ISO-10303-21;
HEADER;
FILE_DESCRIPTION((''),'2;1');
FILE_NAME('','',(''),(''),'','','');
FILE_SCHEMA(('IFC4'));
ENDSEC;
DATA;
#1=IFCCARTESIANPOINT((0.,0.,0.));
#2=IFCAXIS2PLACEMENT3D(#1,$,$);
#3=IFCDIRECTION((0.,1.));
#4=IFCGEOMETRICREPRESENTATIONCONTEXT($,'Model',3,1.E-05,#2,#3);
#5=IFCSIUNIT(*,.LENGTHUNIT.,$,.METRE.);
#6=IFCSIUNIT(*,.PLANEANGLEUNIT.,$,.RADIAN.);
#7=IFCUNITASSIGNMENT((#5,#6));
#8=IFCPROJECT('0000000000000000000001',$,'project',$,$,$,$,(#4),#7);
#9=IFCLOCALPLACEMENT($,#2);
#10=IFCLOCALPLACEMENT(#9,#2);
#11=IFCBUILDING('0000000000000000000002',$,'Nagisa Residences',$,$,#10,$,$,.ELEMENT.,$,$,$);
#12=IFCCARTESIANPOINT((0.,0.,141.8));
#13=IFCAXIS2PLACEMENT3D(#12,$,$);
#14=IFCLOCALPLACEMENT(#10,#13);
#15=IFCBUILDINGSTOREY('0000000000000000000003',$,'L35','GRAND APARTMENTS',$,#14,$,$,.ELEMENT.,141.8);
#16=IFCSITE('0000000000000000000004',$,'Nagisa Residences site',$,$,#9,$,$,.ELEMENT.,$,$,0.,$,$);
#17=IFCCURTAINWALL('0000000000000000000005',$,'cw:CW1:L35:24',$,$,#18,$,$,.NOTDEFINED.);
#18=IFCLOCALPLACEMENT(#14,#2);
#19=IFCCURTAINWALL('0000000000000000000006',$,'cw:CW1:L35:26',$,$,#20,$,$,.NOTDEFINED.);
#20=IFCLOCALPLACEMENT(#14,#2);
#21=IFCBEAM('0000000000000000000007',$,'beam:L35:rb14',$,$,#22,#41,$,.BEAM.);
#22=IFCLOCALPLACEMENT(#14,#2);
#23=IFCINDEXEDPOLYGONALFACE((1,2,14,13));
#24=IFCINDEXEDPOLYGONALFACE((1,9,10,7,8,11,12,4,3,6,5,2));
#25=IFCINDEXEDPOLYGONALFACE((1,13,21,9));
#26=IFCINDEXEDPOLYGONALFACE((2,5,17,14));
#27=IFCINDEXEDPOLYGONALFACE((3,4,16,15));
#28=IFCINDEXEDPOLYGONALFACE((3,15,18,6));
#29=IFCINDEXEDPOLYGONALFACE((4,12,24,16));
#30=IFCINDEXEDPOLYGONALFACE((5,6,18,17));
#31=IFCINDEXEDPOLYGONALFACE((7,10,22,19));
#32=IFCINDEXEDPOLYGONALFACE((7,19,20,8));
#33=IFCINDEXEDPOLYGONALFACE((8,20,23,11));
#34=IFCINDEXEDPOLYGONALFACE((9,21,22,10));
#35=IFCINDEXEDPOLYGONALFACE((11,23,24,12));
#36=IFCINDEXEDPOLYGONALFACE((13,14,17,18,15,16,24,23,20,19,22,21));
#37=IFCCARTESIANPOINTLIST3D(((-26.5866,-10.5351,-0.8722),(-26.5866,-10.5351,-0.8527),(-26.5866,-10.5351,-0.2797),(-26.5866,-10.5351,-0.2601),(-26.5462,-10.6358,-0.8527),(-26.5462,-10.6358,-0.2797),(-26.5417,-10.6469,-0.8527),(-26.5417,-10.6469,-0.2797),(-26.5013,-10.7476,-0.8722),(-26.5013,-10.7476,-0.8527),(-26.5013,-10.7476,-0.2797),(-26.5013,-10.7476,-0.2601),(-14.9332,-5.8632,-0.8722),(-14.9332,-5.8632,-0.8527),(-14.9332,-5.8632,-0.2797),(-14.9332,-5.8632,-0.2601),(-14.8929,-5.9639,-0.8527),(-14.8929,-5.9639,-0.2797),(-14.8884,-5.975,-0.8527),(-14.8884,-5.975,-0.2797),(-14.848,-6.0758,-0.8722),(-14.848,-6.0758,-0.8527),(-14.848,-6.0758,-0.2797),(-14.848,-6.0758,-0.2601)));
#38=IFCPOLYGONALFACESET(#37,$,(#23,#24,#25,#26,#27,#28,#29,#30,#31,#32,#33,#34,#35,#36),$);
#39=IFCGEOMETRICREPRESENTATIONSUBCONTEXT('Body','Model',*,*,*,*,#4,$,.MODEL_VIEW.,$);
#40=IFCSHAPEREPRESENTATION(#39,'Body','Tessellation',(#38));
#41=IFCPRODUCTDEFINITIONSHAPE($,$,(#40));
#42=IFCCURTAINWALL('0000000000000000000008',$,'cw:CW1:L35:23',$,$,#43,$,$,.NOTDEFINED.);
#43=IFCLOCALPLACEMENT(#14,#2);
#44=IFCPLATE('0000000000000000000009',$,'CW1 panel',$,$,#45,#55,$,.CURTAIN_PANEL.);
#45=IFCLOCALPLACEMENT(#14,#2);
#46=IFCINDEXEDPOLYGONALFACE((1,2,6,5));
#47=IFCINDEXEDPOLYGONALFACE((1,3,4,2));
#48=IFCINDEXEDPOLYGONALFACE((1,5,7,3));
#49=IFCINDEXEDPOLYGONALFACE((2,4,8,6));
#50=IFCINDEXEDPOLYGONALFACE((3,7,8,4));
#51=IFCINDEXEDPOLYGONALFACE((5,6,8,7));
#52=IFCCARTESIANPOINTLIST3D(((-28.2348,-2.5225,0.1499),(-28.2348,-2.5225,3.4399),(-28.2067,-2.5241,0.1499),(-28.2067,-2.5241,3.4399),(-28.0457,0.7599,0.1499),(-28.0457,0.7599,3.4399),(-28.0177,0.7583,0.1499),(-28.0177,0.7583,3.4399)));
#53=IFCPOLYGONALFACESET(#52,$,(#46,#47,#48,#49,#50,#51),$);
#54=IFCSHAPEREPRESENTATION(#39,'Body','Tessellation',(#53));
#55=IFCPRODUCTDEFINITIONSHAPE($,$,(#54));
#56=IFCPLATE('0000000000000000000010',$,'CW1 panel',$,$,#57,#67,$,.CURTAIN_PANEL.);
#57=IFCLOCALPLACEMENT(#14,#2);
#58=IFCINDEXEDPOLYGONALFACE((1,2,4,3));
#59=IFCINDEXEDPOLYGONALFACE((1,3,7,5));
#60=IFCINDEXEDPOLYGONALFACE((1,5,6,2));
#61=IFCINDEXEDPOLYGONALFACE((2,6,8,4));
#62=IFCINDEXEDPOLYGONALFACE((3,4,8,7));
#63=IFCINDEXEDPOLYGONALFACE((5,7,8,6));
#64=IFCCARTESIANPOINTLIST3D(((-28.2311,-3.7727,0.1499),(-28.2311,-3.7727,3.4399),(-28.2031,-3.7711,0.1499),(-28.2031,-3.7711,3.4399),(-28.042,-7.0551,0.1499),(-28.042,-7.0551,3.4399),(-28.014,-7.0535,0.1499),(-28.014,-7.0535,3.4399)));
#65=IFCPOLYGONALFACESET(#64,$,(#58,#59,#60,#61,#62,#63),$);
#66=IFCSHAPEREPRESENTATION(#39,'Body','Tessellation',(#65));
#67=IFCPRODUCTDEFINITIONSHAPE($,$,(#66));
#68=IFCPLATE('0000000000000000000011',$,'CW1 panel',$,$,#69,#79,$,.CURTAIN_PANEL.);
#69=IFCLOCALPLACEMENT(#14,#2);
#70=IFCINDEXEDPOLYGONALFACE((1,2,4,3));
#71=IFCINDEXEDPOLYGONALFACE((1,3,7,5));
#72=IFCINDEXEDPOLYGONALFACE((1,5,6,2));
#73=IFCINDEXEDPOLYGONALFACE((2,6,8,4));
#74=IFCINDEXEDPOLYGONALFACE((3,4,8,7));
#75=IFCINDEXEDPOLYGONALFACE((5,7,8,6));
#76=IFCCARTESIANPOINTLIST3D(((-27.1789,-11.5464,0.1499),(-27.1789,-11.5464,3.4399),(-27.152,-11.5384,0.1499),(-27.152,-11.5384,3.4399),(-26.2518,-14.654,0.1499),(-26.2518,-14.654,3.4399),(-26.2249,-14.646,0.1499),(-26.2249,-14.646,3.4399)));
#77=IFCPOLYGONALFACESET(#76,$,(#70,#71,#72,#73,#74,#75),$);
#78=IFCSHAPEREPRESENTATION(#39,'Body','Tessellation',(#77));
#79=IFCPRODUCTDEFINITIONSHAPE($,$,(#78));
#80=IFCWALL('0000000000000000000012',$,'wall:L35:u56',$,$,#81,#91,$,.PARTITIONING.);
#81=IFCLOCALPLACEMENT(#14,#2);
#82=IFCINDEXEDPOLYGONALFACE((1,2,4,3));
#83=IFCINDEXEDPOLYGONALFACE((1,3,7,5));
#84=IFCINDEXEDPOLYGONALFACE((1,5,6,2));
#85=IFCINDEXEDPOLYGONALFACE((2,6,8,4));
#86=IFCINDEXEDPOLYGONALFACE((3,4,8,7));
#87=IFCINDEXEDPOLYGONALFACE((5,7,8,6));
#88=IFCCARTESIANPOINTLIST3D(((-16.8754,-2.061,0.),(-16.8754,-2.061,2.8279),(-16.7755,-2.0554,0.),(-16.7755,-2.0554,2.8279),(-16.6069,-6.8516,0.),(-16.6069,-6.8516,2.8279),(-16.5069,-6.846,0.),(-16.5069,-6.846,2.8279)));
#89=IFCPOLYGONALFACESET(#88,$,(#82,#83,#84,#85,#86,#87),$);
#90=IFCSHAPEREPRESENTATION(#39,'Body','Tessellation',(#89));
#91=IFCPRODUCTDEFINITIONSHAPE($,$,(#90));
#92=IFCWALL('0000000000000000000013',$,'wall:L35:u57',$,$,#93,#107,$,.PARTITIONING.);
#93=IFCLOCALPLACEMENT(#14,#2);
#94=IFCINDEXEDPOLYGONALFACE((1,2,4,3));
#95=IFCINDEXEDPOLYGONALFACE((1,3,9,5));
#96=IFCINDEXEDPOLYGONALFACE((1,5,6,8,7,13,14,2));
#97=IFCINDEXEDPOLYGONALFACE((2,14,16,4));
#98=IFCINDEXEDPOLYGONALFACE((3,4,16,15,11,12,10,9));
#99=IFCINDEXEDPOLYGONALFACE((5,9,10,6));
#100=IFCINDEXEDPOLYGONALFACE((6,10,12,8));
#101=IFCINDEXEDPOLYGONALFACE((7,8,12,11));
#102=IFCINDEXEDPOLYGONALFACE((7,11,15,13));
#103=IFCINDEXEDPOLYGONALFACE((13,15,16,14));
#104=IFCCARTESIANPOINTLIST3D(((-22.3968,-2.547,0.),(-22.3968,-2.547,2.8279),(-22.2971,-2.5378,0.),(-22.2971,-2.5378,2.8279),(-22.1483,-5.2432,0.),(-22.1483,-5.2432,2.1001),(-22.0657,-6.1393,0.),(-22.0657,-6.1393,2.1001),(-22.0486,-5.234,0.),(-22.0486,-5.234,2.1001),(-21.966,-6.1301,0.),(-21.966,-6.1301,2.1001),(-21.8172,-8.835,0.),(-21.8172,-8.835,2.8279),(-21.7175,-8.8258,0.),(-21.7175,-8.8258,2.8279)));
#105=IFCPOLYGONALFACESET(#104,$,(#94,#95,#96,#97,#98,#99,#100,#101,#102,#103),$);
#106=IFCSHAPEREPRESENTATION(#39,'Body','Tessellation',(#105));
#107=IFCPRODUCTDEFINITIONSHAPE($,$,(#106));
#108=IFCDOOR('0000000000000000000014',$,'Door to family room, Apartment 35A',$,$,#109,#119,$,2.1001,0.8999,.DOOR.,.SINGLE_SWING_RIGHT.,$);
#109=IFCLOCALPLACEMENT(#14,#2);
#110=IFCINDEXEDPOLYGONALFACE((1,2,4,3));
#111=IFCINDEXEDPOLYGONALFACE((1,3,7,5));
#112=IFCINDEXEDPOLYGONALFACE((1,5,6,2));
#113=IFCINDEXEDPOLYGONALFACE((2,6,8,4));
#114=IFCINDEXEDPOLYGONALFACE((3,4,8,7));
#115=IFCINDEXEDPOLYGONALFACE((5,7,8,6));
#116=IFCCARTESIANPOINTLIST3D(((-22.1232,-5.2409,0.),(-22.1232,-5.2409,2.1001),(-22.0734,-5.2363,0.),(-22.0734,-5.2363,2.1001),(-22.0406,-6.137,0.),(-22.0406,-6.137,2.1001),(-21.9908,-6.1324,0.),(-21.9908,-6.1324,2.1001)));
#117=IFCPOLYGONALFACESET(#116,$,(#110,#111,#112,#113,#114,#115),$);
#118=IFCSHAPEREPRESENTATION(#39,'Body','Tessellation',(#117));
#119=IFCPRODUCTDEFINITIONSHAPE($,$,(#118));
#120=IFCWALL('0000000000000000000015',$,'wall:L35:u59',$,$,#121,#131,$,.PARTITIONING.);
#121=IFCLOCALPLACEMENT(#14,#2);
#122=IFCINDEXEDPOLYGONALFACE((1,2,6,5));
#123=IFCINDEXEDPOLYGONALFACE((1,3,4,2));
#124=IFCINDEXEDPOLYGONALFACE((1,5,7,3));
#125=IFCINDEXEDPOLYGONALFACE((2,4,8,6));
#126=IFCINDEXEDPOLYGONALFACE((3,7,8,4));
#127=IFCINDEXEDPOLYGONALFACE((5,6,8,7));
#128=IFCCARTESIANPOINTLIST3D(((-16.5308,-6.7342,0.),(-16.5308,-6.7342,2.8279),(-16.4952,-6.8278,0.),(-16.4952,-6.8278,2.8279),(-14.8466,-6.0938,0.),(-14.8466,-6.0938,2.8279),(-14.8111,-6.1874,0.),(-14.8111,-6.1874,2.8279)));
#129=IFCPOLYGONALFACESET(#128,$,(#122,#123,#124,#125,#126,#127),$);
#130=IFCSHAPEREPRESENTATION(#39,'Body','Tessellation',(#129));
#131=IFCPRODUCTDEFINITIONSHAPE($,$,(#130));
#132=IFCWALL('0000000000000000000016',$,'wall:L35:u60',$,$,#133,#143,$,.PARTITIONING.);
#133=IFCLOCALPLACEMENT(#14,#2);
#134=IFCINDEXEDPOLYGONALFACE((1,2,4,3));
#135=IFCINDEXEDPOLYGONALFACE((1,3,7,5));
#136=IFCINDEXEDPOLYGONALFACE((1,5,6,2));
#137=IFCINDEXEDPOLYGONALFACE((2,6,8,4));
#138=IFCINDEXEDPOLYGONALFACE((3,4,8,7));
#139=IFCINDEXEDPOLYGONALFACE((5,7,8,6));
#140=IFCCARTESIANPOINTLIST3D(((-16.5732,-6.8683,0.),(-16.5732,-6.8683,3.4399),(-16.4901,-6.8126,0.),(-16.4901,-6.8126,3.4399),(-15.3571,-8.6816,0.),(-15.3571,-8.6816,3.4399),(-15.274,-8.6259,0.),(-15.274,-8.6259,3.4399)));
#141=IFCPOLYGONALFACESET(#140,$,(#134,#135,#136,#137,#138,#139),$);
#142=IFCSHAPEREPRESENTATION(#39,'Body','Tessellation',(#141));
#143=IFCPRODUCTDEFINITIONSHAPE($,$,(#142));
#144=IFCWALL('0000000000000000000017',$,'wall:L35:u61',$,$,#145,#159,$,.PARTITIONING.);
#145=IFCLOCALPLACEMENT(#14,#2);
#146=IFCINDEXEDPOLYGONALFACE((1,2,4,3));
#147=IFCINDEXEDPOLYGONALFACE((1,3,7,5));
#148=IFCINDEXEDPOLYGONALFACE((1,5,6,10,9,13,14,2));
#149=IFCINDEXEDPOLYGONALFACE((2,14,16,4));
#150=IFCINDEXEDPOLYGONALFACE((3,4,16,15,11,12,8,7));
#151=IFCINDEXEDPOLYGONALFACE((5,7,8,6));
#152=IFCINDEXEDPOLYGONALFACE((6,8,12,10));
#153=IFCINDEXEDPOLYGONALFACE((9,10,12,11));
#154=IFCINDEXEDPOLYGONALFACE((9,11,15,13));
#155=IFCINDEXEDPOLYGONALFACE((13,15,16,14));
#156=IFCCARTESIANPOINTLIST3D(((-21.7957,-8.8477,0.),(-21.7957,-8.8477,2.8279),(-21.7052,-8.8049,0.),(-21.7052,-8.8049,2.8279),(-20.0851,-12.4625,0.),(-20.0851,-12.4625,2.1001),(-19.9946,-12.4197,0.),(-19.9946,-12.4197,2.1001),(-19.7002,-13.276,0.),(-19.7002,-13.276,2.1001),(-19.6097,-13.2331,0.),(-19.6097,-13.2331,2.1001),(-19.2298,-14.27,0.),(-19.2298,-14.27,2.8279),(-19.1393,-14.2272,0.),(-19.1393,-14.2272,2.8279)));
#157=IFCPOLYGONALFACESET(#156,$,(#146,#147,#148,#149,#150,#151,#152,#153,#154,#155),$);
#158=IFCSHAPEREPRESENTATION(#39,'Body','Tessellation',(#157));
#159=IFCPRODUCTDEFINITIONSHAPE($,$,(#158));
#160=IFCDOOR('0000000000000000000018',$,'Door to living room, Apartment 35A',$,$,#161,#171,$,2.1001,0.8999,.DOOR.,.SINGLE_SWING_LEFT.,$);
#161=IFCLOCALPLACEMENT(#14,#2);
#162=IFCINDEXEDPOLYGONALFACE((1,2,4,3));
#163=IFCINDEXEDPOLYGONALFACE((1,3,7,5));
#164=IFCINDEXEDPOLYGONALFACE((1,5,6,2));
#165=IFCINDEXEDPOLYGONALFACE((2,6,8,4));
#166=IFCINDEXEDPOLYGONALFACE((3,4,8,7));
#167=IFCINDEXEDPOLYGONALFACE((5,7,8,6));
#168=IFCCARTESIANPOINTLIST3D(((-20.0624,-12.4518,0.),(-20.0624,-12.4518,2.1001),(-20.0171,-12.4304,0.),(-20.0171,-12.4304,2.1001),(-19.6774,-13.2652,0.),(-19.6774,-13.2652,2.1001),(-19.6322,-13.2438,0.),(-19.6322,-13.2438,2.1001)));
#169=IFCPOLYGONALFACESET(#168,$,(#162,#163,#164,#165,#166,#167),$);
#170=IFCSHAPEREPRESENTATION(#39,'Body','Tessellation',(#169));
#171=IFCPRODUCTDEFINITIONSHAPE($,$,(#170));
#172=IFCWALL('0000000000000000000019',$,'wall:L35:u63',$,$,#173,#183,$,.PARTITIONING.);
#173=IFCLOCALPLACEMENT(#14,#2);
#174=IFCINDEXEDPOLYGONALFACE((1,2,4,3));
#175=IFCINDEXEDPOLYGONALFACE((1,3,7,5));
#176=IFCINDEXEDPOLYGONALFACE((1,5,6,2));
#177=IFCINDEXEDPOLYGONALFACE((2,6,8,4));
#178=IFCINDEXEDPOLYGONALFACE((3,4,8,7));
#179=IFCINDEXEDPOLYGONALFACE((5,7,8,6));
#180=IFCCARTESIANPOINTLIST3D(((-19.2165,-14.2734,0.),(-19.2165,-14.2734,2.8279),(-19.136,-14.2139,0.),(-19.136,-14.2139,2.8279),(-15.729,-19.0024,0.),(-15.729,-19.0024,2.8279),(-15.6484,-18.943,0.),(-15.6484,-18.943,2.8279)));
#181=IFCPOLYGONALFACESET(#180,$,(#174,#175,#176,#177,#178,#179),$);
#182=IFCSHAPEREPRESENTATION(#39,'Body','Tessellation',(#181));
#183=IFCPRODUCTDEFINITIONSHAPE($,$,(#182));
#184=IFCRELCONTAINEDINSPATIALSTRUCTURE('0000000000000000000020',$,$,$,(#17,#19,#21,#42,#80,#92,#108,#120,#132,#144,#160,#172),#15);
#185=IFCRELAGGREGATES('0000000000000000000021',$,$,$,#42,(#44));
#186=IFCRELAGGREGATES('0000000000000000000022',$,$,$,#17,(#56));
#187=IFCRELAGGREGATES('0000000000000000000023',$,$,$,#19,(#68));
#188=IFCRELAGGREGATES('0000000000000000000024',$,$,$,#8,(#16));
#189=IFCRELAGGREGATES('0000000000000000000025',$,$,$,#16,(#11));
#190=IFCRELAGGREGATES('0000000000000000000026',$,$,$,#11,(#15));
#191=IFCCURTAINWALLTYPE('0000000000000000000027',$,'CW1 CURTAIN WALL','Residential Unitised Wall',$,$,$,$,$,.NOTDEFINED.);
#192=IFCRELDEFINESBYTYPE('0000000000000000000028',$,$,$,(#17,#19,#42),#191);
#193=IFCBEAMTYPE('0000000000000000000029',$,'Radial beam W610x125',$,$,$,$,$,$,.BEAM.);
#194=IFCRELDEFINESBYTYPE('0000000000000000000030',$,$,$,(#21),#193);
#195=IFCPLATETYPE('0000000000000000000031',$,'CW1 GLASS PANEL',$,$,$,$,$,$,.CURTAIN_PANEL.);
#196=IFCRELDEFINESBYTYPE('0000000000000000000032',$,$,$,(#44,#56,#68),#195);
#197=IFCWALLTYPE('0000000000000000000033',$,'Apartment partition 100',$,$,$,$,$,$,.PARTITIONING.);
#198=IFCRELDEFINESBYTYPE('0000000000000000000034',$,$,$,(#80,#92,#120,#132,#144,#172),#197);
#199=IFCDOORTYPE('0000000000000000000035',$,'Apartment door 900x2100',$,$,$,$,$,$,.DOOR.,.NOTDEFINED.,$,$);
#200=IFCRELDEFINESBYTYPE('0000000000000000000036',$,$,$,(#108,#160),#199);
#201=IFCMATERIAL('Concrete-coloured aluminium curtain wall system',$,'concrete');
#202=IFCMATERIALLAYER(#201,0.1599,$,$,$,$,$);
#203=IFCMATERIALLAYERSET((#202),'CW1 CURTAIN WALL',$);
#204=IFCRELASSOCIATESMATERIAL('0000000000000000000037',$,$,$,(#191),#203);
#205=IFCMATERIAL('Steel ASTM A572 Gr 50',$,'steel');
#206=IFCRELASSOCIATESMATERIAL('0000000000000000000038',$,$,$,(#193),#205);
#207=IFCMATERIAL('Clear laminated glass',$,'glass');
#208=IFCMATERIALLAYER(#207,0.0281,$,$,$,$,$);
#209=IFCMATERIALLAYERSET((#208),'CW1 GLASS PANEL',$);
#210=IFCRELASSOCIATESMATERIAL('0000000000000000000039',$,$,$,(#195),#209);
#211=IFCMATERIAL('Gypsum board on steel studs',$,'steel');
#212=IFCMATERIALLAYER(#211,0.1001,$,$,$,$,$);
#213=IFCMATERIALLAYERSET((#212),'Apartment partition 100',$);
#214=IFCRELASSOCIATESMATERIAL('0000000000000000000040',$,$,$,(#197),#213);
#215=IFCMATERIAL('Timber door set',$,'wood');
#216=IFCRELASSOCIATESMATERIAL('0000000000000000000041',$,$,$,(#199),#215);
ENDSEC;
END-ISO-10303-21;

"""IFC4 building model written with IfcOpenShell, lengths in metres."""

from ifc_helpers import new_model, si_unit, direction, frame, frame_2d, origin, origin_2d, place, context, subcontext, project, spatial, rectangle, i_section, extrude, material, layer, layer_set, material_profile, profile_set, type_object, element, fill, aggregate, save


model = new_model("IFC4")

# Units and contexts
model_context = context("Model", 3, precision=1e-05, world=origin(), true_north=direction((0.0, 1.0)))
body_context = subcontext(model_context, "Body", "Model", "MODEL_VIEW")
ifc_project = project(units=[si_unit("LENGTHUNIT", "METRE"), si_unit("PLANEANGLEUNIT", "RADIAN")], contexts=[model_context])

# Site, building, storey
site_placement = place(None, origin())
site = spatial("IfcSite", under=ifc_project, at=site_placement, Name="Nagisa Residences site", CompositionType="ELEMENT", RefElevation=0.0)
building_placement = place(site_placement, origin())
building = spatial("IfcBuilding", under=site, at=building_placement, Name="Nagisa Residences", CompositionType="ELEMENT")
storey_placement = place(building_placement, frame((0.0, 0.0, 141.8)))
storey = spatial("IfcBuildingStorey", under=building, at=storey_placement, Name="L35", Description="GRAND APARTMENTS", CompositionType="ELEMENT", Elevation=141.8)

# Curtain walls
ifc_material_1 = material(Name="Concrete-coloured aluminium curtain wall system", Category="concrete")
ifc_layer_1 = layer(ifc_material_1, 0.1599)
ifc_layer_set_1 = layer_set([ifc_layer_1], Name="CW1 CURTAIN WALL")
curtain_wall_type = type_object("IfcCurtainWallType", Name="CW1 CURTAIN WALL", Description="Residential Unitised Wall", PredefinedType="NOTDEFINED", material=ifc_layer_set_1)
curtain_wall_1_placement = place(storey_placement, origin())
curtain_wall_1 = element("IfcCurtainWall", 1, at=curtain_wall_1_placement, inside=storey, type_object=curtain_wall_type, Name="cw:CW1:L35:24", PredefinedType="NOTDEFINED")
curtain_wall_2_placement = place(storey_placement, origin())
curtain_wall_2 = element("IfcCurtainWall", 2, at=curtain_wall_2_placement, inside=storey, type_object=curtain_wall_type, Name="cw:CW1:L35:26", PredefinedType="NOTDEFINED")

# Beam
ifc_material_2 = material(Name="Steel ASTM A572 Gr 50", Category="steel")
ifc_material_profile_1 = material_profile(ifc_material_2, i_section(OverallWidth=0.229, OverallDepth=0.6121, WebThickness=0.012, FlangeThickness=0.0195, at=origin_2d()), Name="W610x125")
ifc_profile_set_1 = profile_set([ifc_material_profile_1], Name="Steel ASTM A572 Gr 50")
beam_type_1 = type_object("IfcBeamType", Name="Radial beam W610x125", PredefinedType="BEAM", material=ifc_profile_set_1)
beam_1_placement = place(storey_placement, frame((-26.5439, -10.6414, -0.5662), z_axis=(0.928187, 0.372115, 0.0), x_axis=(-0.372115, 0.928187, 0.0)))
element("IfcBeam", 3, at=beam_1_placement, inside=storey, type_object=beam_type_1, Name="beam:L35:rb14", PredefinedType="BEAM", context=body_context, shape_type="SweptSolid", body=[
    extrude(i_section(OverallWidth=0.229, OverallDepth=0.6121, WebThickness=0.012, FlangeThickness=0.0195, at=origin_2d()), origin(), (0.0, 0.0, 1.0), 12.5549),
])

# Curtain wall, plate
curtain_wall_3_placement = place(storey_placement, origin())
curtain_wall_3 = element("IfcCurtainWall", 4, at=curtain_wall_3_placement, inside=storey, type_object=curtain_wall_type, Name="cw:CW1:L35:23", PredefinedType="NOTDEFINED")
ifc_material_3 = material(Name="Clear laminated glass", Category="glass")
ifc_layer_2 = layer(ifc_material_3, 0.0281)
ifc_layer_set_2 = layer_set([ifc_layer_2], Name="CW1 GLASS PANEL")
plate_type = type_object("IfcPlateType", Name="CW1 GLASS PANEL", PredefinedType="CURTAIN_PANEL", material=ifc_layer_set_2)
plate_1_placement = place(storey_placement, frame((-28.1262, -0.8821, 0.1499), z_axis=(0.0, 0.0, 1.0), x_axis=(-0.057503, -0.998345, 0.0)))
plate_1 = element("IfcPlate", 5, at=plate_1_placement, type_object=plate_type, Name="CW1 panel", PredefinedType="CURTAIN_PANEL", context=body_context, shape_type="SweptSolid", body=[
    extrude(rectangle(XDim=3.2878, YDim=0.0281, at=origin_2d()), origin(), (0.0, 0.0, 1.0), 3.29),
])
aggregate(curtain_wall_3, [plate_1])

# Plates
plate_2_placement = place(storey_placement, frame((-28.1226, -5.4131, 0.1499), z_axis=(0.0, 0.0, 1.0), x_axis=(0.057503, -0.998345, 0.0)))
plate_2 = element("IfcPlate", 6, at=plate_2_placement, type_object=plate_type, Name="CW1 panel", PredefinedType="CURTAIN_PANEL", context=body_context, shape_type="SweptSolid", body=[
    extrude(rectangle(XDim=3.2878, YDim=0.0281, at=origin_2d()), origin(), (0.0, 0.0, 1.0), 3.29),
])
aggregate(curtain_wall_1, [plate_2])
plate_3_placement = place(storey_placement, frame((-26.7019, -13.0962, 0.1499), z_axis=(0.0, 0.0, 1.0), x_axis=(0.28586, -0.958271, 0.0)))
plate_3 = element("IfcPlate", 7, at=plate_3_placement, type_object=plate_type, Name="CW1 panel", PredefinedType="CURTAIN_PANEL", context=body_context, shape_type="SweptSolid", body=[
    extrude(rectangle(XDim=3.2429, YDim=0.0281, at=origin_2d()), origin(), (0.0, 0.0, 1.0), 3.29),
])
aggregate(curtain_wall_2, [plate_3])

# Wall
ifc_material_4 = material(Name="Gypsum board on steel studs", Category="steel")
ifc_layer_3 = layer(ifc_material_4, 0.1001)
ifc_layer_set_3 = layer_set([ifc_layer_3], Name="Apartment partition 100")
wall_type_1 = type_object("IfcWallType", Name="Apartment partition 100", PredefinedType="PARTITIONING", material=ifc_layer_set_3)
wall_1_placement = place(storey_placement, frame((-16.8254, -2.0583, 0.0), z_axis=(0.0, 0.0, 1.0), x_axis=(0.055972, -0.998432, 0.0)))
element("IfcWall", 8, at=wall_1_placement, inside=storey, type_object=wall_type_1, Name="wall:L35:u56", PredefinedType="PARTITIONING", context=body_context, shape_type="SweptSolid", body=[
    extrude(rectangle(XDim=4.7981, YDim=0.1001, at=frame_2d((2.3989, 0.0))), origin(), (0.0, 0.0, 1.0), 2.8279),
])

# Wall, opening, door
wall_2_placement = place(storey_placement, frame((-22.3469, -2.5425, 0.0), z_axis=(0.0, 0.0, 1.0), x_axis=(0.091784, -0.995779, 0.0)))
wall_2 = element("IfcWall", 9, at=wall_2_placement, inside=storey, type_object=wall_type_1, Name="wall:L35:u57", PredefinedType="PARTITIONING", context=body_context, shape_type="SweptSolid", body=[
    extrude(rectangle(XDim=6.3147, YDim=0.1001, at=frame_2d((3.1572, 0.0))), origin(), (0.0, 0.0, 1.0), 2.8279),
])
opening_1_placement = place(wall_2_placement, frame((2.7075, 0.0, 0.0)))
opening_1 = element("IfcOpeningElement", 10, at=opening_1_placement, cuts=wall_2, PredefinedType="OPENING", context=body_context, shape_type="SweptSolid", body=[
    extrude(rectangle(XDim=0.8999, YDim=2.1001, at=frame_2d((0.45, 1.05))), frame((0.0, 0.0601, 0.0), z_axis=(0.0, -1.0, 0.0), x_axis=(1.0, 0.0, 0.0)), (0.0, 0.0, 1.0), 0.1201),
])
ifc_material_5 = material(Name="Timber door set", Category="wood")
door_type_1 = type_object("IfcDoorType", Name="Apartment door 900x2100", OperationType="NOTDEFINED", PredefinedType="DOOR", material=ifc_material_5)
door_1_placement = place(opening_1_placement, frame((0.8999, 0.0, 0.0), x_axis=(-1.0, 0.0, 0.0)))
door_1 = element("IfcDoor", 11, at=door_1_placement, inside=storey, type_object=door_type_1, Name="Door to family room, Apartment 35A", OperationType="SINGLE_SWING_RIGHT", OverallHeight=2.1001, OverallWidth=0.8999, PredefinedType="DOOR", context=body_context, shape_type="SweptSolid", body=[
    extrude(rectangle(XDim=0.8999, YDim=2.1001, at=frame_2d((0.45, 1.05))), frame((0.0, 0.0249, 0.0), z_axis=(0.0, -1.0, 0.0), x_axis=(1.0, 0.0, 0.0)), (0.0, 0.0, 1.0), 0.05),
])
fill(opening_1, door_1)

# Walls
wall_3_placement = place(storey_placement, frame((-14.8289, -6.1406, 0.0), z_axis=(0.0, 0.0, 1.0), x_axis=(-0.934704, -0.355426, 0.0)))
element("IfcWall", 12, at=wall_3_placement, inside=storey, type_object=wall_type_1, Name="wall:L35:u59", PredefinedType="PARTITIONING", context=body_context, shape_type="SweptSolid", body=[
    extrude(rectangle(XDim=1.8018, YDim=0.1001, at=frame_2d((0.9009, 0.0))), origin(), (0.0, 0.0, 1.0), 2.8279),
])
wall_4_placement = place(storey_placement, frame((-16.5317, -6.8403, 0.0), z_axis=(0.0, 0.0, 1.0), x_axis=(0.556995, -0.830516, 0.0)))
element("IfcWall", 13, at=wall_4_placement, inside=storey, type_object=wall_type_1, Name="wall:L35:u60", PredefinedType="PARTITIONING", context=body_context, shape_type="SweptSolid", body=[
    extrude(rectangle(XDim=2.1833, YDim=0.1001, at=frame_2d((1.0918, 0.0))), origin(), (0.0, 0.0, 1.0), 3.4399),
])

# Wall, opening, door
wall_5_placement = place(storey_placement, frame((-21.7505, -8.8262, 0.0), z_axis=(0.0, 0.0, 1.0), x_axis=(0.427736, -0.903904, 0.0)))
wall_5 = element("IfcWall", 14, at=wall_5_placement, inside=storey, type_object=wall_type_1, Name="wall:L35:u61", PredefinedType="PARTITIONING", context=body_context, shape_type="SweptSolid", body=[
    extrude(rectangle(XDim=5.9988, YDim=0.1001, at=frame_2d((2.9995, 0.0))), origin(), (0.0, 0.0, 1.0), 2.8279),
])
opening_2_placement = place(wall_5_placement, frame((3.9993, 0.0, 0.0)))
opening_2 = element("IfcOpeningElement", 15, at=opening_2_placement, cuts=wall_5, PredefinedType="OPENING", context=body_context, shape_type="SweptSolid", body=[
    extrude(rectangle(XDim=0.8999, YDim=2.1001, at=frame_2d((0.45, 1.05))), frame((0.0, 0.0601, 0.0), z_axis=(0.0, -1.0, 0.0), x_axis=(1.0, 0.0, 0.0)), (0.0, 0.0, 1.0), 0.1201),
])
door_2_placement = place(opening_2_placement, frame((0.8999, 0.0, 0.0), x_axis=(-1.0, 0.0, 0.0)))
door_2 = element("IfcDoor", 16, at=door_2_placement, inside=storey, type_object=door_type_1, Name="Door to living room, Apartment 35A", OperationType="SINGLE_SWING_LEFT", OverallHeight=2.1001, OverallWidth=0.8999, PredefinedType="DOOR", context=body_context, shape_type="SweptSolid", body=[
    extrude(rectangle(XDim=0.8999, YDim=2.1001, at=frame_2d((0.45, 1.05))), frame((0.0, 0.0249, 0.0), z_axis=(0.0, -1.0, 0.0), x_axis=(1.0, 0.0, 0.0)), (0.0, 0.0, 1.0), 0.05),
])
fill(opening_2, door_2)

# Wall
wall_6_placement = place(storey_placement, frame((-19.1763, -14.2437, 0.0), z_axis=(0.0, 0.0, 1.0), x_axis=(0.593532, -0.80481, 0.0)))
element("IfcWall", 17, at=wall_6_placement, inside=storey, type_object=wall_type_1, Name="wall:L35:u63", PredefinedType="PARTITIONING", context=body_context, shape_type="SweptSolid", body=[
    extrude(rectangle(XDim=5.876, YDim=0.1001, at=frame_2d((2.938, 0.0))), origin(), (0.0, 0.0, 1.0), 2.8279),
])

save(model, "model.ifc")
